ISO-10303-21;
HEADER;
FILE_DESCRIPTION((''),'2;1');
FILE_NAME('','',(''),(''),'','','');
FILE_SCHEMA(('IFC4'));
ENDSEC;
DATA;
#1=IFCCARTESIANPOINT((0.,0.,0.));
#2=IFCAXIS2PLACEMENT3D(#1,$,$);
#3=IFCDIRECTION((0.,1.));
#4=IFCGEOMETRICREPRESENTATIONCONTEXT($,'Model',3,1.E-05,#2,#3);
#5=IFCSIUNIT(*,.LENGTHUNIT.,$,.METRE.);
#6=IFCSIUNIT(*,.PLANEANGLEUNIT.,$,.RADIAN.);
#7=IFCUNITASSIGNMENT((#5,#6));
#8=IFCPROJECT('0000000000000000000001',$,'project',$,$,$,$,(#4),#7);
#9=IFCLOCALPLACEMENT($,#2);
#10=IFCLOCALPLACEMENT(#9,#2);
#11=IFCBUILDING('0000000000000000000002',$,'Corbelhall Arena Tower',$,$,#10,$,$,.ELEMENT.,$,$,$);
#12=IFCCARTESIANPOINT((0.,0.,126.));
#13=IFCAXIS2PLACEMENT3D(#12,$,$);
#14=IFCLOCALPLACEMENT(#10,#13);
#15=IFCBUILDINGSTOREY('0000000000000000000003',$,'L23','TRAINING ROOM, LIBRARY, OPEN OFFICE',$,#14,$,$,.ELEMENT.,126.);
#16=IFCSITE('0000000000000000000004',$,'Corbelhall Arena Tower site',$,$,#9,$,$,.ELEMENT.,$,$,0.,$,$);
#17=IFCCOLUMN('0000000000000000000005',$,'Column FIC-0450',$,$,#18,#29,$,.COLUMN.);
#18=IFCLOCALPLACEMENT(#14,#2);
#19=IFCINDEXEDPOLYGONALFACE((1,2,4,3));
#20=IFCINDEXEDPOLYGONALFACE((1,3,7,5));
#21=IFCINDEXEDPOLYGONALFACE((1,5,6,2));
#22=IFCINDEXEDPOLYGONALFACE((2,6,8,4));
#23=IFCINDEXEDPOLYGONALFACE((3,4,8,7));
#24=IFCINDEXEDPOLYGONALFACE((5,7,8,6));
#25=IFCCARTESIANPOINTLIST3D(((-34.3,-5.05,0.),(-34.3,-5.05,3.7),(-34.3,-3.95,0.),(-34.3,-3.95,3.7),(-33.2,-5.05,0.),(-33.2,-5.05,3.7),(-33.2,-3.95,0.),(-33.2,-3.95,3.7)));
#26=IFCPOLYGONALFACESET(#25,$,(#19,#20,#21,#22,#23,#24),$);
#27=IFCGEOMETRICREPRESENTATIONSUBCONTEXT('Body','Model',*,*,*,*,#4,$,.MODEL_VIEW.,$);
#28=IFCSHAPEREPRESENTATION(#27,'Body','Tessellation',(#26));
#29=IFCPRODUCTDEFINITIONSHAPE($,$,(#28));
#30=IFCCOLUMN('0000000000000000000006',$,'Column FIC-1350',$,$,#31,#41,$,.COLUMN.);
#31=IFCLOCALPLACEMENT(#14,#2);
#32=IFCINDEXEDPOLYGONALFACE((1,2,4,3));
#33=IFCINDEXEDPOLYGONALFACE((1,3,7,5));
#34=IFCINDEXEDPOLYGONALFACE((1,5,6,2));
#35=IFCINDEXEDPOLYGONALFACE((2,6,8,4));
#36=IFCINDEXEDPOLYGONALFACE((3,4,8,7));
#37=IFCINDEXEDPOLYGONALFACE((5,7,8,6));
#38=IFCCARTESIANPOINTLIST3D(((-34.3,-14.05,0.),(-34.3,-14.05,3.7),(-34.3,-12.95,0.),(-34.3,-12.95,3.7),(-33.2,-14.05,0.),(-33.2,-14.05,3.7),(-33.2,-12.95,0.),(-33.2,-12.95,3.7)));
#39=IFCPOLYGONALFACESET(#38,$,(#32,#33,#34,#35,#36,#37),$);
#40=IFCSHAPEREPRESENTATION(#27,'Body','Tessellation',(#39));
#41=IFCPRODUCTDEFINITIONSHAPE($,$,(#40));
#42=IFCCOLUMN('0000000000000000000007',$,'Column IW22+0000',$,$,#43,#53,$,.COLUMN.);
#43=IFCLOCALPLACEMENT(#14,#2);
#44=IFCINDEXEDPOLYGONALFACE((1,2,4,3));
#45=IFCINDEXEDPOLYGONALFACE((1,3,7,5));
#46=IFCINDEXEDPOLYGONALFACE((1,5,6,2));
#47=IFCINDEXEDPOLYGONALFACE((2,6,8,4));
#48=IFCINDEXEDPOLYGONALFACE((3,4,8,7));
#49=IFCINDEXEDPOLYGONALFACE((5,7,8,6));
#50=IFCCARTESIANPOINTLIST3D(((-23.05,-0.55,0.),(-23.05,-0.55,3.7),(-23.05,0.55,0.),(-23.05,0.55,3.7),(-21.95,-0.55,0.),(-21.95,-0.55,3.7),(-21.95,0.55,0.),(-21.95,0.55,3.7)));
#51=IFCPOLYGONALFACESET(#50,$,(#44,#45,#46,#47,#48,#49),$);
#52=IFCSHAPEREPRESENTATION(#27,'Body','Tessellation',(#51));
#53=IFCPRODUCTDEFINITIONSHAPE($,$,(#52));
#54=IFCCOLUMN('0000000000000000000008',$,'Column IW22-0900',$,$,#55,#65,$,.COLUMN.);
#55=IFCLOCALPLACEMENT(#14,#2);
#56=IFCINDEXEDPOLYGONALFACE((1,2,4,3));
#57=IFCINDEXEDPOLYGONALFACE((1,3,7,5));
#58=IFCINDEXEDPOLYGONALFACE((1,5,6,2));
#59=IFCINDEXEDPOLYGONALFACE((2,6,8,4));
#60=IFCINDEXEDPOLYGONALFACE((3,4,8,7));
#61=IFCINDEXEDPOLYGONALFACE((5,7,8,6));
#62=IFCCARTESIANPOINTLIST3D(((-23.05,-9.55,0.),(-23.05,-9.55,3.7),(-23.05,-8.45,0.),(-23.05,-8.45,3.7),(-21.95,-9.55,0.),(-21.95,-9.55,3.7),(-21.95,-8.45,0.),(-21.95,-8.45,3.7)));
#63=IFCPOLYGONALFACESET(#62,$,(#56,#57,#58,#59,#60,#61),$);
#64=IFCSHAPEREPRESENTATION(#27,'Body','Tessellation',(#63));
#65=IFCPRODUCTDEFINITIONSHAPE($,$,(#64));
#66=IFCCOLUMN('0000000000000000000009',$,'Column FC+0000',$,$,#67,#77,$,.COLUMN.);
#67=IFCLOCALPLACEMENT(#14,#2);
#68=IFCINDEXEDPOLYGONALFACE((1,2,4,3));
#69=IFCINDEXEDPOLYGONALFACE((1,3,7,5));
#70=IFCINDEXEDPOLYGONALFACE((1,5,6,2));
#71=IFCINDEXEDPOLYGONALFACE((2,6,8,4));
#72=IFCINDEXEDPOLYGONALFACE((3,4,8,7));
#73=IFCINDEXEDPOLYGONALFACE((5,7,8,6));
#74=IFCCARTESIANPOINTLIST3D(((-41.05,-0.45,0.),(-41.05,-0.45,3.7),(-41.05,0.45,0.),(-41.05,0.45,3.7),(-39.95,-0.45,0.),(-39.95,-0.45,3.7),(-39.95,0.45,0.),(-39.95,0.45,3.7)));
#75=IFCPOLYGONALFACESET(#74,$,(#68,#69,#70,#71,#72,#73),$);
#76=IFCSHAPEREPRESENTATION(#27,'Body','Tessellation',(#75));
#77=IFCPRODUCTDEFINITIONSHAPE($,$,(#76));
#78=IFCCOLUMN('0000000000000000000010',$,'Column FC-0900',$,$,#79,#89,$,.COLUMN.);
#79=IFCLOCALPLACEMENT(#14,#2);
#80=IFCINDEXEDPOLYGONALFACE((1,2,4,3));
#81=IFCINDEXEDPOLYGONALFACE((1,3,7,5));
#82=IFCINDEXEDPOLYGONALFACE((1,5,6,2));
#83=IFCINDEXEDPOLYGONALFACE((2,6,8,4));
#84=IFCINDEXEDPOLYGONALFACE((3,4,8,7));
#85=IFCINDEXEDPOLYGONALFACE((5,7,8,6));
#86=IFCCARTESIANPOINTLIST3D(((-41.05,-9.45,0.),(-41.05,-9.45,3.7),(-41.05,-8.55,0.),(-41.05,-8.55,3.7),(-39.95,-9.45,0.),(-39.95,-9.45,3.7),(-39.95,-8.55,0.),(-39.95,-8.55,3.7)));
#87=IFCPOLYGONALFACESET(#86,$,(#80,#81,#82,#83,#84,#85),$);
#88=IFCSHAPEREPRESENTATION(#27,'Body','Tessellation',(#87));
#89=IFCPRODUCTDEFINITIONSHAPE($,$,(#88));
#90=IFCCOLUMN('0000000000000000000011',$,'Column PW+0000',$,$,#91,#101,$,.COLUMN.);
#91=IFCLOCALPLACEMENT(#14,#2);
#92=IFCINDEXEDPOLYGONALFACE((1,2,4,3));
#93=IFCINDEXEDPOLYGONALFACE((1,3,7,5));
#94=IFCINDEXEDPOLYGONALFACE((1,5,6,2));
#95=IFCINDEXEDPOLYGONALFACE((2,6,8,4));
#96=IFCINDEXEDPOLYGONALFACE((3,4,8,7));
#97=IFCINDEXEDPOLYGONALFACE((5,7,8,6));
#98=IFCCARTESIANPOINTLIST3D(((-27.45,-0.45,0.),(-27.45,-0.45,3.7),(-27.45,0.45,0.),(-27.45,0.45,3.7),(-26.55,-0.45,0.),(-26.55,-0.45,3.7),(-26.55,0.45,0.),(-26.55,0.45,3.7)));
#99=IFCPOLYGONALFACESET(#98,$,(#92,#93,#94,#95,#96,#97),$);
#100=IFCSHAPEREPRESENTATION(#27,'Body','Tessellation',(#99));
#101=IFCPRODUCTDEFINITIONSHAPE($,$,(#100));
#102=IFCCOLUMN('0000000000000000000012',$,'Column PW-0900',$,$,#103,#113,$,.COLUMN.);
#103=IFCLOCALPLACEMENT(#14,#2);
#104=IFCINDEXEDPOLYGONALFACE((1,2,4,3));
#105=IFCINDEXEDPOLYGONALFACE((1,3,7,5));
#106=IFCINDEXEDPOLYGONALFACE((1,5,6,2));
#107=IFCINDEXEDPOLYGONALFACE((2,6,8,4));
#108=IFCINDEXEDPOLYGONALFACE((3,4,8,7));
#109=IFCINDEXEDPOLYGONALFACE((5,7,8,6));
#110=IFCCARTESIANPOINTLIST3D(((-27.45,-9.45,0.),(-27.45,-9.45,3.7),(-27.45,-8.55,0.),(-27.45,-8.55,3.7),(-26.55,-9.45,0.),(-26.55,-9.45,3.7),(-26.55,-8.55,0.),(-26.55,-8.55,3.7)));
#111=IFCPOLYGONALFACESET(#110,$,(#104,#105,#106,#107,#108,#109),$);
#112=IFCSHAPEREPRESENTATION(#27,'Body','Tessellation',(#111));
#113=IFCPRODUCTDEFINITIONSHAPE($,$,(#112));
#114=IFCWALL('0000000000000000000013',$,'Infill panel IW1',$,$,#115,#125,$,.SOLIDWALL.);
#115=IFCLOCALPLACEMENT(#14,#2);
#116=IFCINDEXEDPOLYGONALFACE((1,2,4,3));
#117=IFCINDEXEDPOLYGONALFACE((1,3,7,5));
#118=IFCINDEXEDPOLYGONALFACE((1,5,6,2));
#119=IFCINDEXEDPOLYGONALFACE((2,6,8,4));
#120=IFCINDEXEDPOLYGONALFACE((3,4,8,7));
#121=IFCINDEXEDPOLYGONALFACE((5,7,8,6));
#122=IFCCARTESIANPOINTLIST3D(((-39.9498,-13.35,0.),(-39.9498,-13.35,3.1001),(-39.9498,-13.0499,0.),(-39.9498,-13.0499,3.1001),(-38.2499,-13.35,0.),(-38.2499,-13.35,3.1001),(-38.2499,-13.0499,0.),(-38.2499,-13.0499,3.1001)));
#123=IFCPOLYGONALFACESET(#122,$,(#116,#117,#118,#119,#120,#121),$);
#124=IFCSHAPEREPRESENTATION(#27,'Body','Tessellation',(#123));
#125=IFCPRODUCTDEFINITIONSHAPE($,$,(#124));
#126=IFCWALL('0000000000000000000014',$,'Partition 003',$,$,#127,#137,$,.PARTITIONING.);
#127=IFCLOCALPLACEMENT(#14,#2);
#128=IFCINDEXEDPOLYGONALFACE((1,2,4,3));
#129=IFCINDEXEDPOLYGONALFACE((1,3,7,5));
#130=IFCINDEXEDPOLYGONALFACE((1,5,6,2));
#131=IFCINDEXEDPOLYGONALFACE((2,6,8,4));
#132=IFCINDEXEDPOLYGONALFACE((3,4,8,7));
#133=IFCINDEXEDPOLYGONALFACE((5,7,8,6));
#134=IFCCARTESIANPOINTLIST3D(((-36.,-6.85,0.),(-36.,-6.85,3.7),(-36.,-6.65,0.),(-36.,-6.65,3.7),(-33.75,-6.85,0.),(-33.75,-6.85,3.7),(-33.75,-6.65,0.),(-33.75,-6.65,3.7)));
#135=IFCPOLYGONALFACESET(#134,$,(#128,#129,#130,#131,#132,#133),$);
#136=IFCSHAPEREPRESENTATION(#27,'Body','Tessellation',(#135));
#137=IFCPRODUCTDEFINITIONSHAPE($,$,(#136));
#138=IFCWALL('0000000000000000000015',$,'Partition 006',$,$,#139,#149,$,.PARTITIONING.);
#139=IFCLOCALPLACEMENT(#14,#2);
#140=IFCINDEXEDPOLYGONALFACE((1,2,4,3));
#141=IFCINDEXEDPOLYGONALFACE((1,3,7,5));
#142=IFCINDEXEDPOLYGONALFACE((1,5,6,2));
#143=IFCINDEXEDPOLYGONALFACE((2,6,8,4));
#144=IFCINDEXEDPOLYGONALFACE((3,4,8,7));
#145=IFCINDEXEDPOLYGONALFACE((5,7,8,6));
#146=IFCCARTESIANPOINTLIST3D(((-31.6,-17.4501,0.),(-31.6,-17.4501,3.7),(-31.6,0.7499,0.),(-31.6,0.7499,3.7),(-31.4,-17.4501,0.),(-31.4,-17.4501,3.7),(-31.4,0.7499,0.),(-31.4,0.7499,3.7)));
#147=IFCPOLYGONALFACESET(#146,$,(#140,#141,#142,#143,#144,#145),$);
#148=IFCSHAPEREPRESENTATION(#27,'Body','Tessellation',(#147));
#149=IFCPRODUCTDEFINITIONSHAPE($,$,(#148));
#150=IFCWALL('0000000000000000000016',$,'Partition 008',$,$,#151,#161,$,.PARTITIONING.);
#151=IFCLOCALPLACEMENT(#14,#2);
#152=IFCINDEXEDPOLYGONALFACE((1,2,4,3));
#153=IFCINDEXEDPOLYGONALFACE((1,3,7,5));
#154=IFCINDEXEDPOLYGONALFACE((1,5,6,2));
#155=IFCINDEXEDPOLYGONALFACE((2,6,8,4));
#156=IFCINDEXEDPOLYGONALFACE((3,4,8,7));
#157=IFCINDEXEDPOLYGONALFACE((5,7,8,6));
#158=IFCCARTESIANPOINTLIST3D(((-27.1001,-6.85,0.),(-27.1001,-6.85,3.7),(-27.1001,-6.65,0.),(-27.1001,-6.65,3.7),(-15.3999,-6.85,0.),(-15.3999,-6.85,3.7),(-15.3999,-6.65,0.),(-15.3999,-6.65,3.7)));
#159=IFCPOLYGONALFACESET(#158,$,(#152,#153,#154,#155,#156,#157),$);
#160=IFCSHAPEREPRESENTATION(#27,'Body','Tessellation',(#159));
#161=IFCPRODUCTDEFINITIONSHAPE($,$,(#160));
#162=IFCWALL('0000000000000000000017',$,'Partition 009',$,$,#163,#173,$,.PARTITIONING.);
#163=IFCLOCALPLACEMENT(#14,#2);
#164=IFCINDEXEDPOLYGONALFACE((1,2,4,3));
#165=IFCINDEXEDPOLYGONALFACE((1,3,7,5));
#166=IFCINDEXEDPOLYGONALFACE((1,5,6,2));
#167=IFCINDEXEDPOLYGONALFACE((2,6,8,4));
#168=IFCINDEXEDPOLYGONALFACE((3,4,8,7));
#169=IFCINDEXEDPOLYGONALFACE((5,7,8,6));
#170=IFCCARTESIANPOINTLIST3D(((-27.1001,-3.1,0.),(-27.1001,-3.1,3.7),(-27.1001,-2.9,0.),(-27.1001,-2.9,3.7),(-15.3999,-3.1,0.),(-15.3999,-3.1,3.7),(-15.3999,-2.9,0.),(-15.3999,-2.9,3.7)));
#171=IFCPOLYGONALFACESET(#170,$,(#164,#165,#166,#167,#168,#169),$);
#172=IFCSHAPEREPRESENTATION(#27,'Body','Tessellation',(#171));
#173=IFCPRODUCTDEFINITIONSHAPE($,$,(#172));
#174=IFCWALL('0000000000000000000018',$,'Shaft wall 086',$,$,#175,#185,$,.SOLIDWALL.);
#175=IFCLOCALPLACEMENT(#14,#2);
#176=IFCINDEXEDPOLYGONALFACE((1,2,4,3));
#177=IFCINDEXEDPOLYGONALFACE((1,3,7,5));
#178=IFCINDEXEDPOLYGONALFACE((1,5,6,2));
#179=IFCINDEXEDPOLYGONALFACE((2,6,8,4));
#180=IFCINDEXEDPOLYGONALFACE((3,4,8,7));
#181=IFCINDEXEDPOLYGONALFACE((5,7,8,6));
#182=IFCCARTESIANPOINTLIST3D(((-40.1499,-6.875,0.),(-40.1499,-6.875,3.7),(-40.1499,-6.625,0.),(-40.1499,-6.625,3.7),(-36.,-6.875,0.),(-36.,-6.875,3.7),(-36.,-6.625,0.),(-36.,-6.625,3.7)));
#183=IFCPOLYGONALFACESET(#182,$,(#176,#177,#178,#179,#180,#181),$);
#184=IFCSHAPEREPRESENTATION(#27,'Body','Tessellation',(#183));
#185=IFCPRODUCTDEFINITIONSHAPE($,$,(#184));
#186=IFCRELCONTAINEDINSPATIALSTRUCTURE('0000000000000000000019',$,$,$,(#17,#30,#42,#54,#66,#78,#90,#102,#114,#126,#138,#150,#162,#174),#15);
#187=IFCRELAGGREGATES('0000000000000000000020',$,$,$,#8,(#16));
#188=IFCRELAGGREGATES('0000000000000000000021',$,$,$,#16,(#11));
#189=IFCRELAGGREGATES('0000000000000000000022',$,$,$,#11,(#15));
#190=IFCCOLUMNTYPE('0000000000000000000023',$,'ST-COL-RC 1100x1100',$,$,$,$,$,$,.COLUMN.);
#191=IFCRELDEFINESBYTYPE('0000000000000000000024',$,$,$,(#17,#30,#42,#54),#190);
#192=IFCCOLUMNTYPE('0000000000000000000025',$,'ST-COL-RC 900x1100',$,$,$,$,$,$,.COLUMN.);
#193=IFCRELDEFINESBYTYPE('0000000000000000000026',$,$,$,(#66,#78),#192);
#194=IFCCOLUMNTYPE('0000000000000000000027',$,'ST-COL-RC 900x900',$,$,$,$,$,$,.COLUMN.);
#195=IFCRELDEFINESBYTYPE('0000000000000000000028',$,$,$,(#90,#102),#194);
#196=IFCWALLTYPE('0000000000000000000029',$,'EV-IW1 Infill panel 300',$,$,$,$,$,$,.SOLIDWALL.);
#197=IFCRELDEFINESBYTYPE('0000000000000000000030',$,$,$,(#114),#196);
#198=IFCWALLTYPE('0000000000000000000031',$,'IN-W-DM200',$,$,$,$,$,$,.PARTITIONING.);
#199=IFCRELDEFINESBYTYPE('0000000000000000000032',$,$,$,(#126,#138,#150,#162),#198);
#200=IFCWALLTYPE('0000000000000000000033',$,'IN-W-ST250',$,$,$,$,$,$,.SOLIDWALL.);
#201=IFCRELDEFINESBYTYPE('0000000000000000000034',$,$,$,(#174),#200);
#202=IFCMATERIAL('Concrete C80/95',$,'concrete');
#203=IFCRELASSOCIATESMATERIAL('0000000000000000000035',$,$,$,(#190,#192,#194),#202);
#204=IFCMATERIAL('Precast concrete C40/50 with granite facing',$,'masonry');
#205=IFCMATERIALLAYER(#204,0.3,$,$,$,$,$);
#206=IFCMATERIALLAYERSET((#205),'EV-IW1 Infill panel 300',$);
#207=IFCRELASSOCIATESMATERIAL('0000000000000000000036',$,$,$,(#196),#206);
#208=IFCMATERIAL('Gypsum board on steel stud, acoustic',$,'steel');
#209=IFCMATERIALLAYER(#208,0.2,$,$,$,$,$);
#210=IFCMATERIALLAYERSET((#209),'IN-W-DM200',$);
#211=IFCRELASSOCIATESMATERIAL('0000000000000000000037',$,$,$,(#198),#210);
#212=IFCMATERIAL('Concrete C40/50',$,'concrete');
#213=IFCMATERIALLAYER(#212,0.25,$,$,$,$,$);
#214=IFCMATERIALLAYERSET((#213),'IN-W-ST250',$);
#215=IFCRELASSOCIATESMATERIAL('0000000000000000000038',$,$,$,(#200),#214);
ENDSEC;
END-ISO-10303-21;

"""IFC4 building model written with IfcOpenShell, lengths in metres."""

from ifc_helpers import new_model, si_unit, direction, frame, frame_2d, origin, origin_2d, place, context, subcontext, project, spatial, rectangle, extrude, material, layer, layer_set, material_profile, profile_set, type_object, element, save


model = new_model("IFC4")

# Units and contexts
model_context = context("Model", 3, precision=1e-05, world=origin(), true_north=direction((0.0, 1.0)))
body_context = subcontext(model_context, "Body", "Model", "MODEL_VIEW")
ifc_project = project(units=[si_unit("LENGTHUNIT", "METRE"), si_unit("PLANEANGLEUNIT", "RADIAN")], contexts=[model_context])

# Site, building, storey
site_placement = place(None, origin())
site = spatial("IfcSite", under=ifc_project, at=site_placement, Name="Corbelhall Arena Tower site", CompositionType="ELEMENT", RefElevation=0.0)
building_placement = place(site_placement, origin())
building = spatial("IfcBuilding", under=site, at=building_placement, Name="Corbelhall Arena Tower", CompositionType="ELEMENT")
storey_placement = place(building_placement, frame((0.0, 0.0, 126.0)))
storey = spatial("IfcBuildingStorey", under=building, at=storey_placement, Name="L23", Description="TRAINING ROOM, LIBRARY, OPEN OFFICE", CompositionType="ELEMENT", Elevation=126.0)

# Columns
ifc_material_1 = material(Name="Concrete C80/95", Category="concrete")
ifc_material_profile_1 = material_profile(ifc_material_1, rectangle(XDim=1.1001, YDim=1.1001, at=origin_2d()))
ifc_profile_set_1 = profile_set([ifc_material_profile_1], Name="Concrete C80/95")
column_type_1 = type_object("IfcColumnType", Name="ST-COL-RC 1100x1100", PredefinedType="COLUMN", material=ifc_profile_set_1)
for number, where, z_axis, x_axis, name in (
    (1, (-33.75, -4.5, 0.0), (0.0, 0.0, 1.0), (1.0, 0.0, 0.0), "Column FIC-0450"),
    (2, (-33.75, -13.5, 0.0), (0.0, 0.0, 1.0), (1.0, 0.0, 0.0), "Column FIC-1350"),
    (3, (-22.5, 0.0, 0.0), (0.0, 0.0, 1.0), (1.0, 0.0, 0.0), "Column IW22+0000"),
    (4, (-22.5, -9.0, 0.0), (0.0, 0.0, 1.0), (1.0, 0.0, 0.0), "Column IW22-0900"),
):
    element("IfcColumn", number, at=place(storey_placement, frame(where, z_axis=z_axis, x_axis=x_axis)), inside=storey, type_object=column_type_1, Name=name, PredefinedType="COLUMN", context=body_context, shape_type="SweptSolid", body=[
        extrude(rectangle(XDim=1.1001, YDim=1.1001, at=origin_2d()), origin(), (0.0, 0.0, 1.0), 3.7),
    ])
ifc_material_profile_2 = material_profile(ifc_material_1, rectangle(XDim=0.8999, YDim=1.1001, at=origin_2d()))
ifc_profile_set_2 = profile_set([ifc_material_profile_2], Name="Concrete C80/95")
column_type_2 = type_object("IfcColumnType", Name="ST-COL-RC 900x1100", PredefinedType="COLUMN", material=ifc_profile_set_2)
for number, where, z_axis, x_axis, name in (
    (5, (-40.5, 0.0, 0.0), (0.0, 0.0, 1.0), (0.0, 1.0, 0.0), "Column FC+0000"),
    (6, (-40.5, -9.0, 0.0), (0.0, 0.0, 1.0), (0.0, 1.0, 0.0), "Column FC-0900"),
):
    element("IfcColumn", number, at=place(storey_placement, frame(where, z_axis=z_axis, x_axis=x_axis)), inside=storey, type_object=column_type_2, Name=name, PredefinedType="COLUMN", context=body_context, shape_type="SweptSolid", body=[
        extrude(rectangle(XDim=0.8999, YDim=1.1001, at=origin_2d()), origin(), (0.0, 0.0, 1.0), 3.7),
    ])
ifc_material_profile_3 = material_profile(ifc_material_1, rectangle(XDim=0.8999, YDim=0.8999, at=origin_2d()))
ifc_profile_set_3 = profile_set([ifc_material_profile_3], Name="Concrete C80/95")
column_type_3 = type_object("IfcColumnType", Name="ST-COL-RC 900x900", PredefinedType="COLUMN", material=ifc_profile_set_3)
for number, where, z_axis, x_axis, name in (
    (7, (-27.0, 0.0, 0.0), (0.0, 0.0, 1.0), (1.0, 0.0, 0.0), "Column PW+0000"),
    (8, (-27.0, -9.0, 0.0), (0.0, 0.0, 1.0), (1.0, 0.0, 0.0), "Column PW-0900"),
):
    element("IfcColumn", number, at=place(storey_placement, frame(where, z_axis=z_axis, x_axis=x_axis)), inside=storey, type_object=column_type_3, Name=name, PredefinedType="COLUMN", context=body_context, shape_type="SweptSolid", body=[
        extrude(rectangle(XDim=0.8999, YDim=0.8999, at=origin_2d()), origin(), (0.0, 0.0, 1.0), 3.7),
    ])

# Wall
ifc_material_2 = material(Name="Precast concrete C40/50 with granite facing", Category="masonry")
ifc_layer_1 = layer(ifc_material_2, 0.3)
ifc_layer_set_1 = layer_set([ifc_layer_1], Name="EV-IW1 Infill panel 300")
wall_type_1 = type_object("IfcWallType", Name="EV-IW1 Infill panel 300", PredefinedType="SOLIDWALL", material=ifc_layer_set_1)
wall_1_placement = place(storey_placement, frame((-39.95, -13.2, 0.0), z_axis=(0.0, 0.0, 1.0), x_axis=(1.0, 0.0, 0.0)))
element("IfcWall", 9, at=wall_1_placement, inside=storey, type_object=wall_type_1, Name="Infill panel IW1", PredefinedType="SOLIDWALL", context=body_context, shape_type="SweptSolid", body=[
    extrude(rectangle(XDim=1.7, YDim=0.3, at=frame_2d((0.8501, 0.0))), origin(), (0.0, 0.0, 1.0), 3.1001),
])

# Wall
ifc_material_3 = material(Name="Gypsum board on steel stud, acoustic", Category="steel")
ifc_layer_2 = layer(ifc_material_3, 0.2)
ifc_layer_set_2 = layer_set([ifc_layer_2], Name="IN-W-DM200")
wall_type_2 = type_object("IfcWallType", Name="IN-W-DM200", PredefinedType="PARTITIONING", material=ifc_layer_set_2)
wall_2_placement = place(storey_placement, frame((-33.75, -6.75, 0.0), z_axis=(0.0, 0.0, 1.0), x_axis=(-1.0, 0.0, 0.0)))
element("IfcWall", 10, at=wall_2_placement, inside=storey, type_object=wall_type_2, Name="Partition 003", PredefinedType="PARTITIONING", context=body_context, shape_type="SweptSolid", body=[
    extrude(rectangle(XDim=2.25, YDim=0.2, at=frame_2d((1.125, 0.0))), origin(), (0.0, 0.0, 1.0), 3.7),
])

# Walls
wall_3_placement = place(storey_placement, frame((-31.5, 0.75, 0.0), z_axis=(0.0, 0.0, 1.0), x_axis=(0.0, -1.0, 0.0)))
element("IfcWall", 11, at=wall_3_placement, inside=storey, type_object=wall_type_2, Name="Partition 006", PredefinedType="PARTITIONING", context=body_context, shape_type="SweptSolid", body=[
    extrude(rectangle(XDim=18.2, YDim=0.2, at=frame_2d((9.1001, 0.0))), origin(), (0.0, 0.0, 1.0), 3.7),
])
for number, where, z_axis, x_axis, name in (
    (12, (-27.1001, -6.75, 0.0), (0.0, 0.0, 1.0), (1.0, 0.0, 0.0), "Partition 008"),
    (13, (-27.1001, -3.0, 0.0), (0.0, 0.0, 1.0), (1.0, 0.0, 0.0), "Partition 009"),
):
    element("IfcWall", number, at=place(storey_placement, frame(where, z_axis=z_axis, x_axis=x_axis)), inside=storey, type_object=wall_type_2, Name=name, PredefinedType="PARTITIONING", context=body_context, shape_type="SweptSolid", body=[
        extrude(rectangle(XDim=11.7002, YDim=0.2, at=frame_2d((5.8501, 0.0))), origin(), (0.0, 0.0, 1.0), 3.7),
    ])
ifc_material_4 = material(Name="Concrete C40/50", Category="concrete")
ifc_layer_3 = layer(ifc_material_4, 0.25)
ifc_layer_set_3 = layer_set([ifc_layer_3], Name="IN-W-ST250")
wall_type_3 = type_object("IfcWallType", Name="IN-W-ST250", PredefinedType="SOLIDWALL", material=ifc_layer_set_3)
wall_4_placement = place(storey_placement, frame((-36.0, -6.75, 0.0), z_axis=(0.0, 0.0, 1.0), x_axis=(-1.0, 0.0, 0.0)))
element("IfcWall", 14, at=wall_4_placement, inside=storey, type_object=wall_type_3, Name="Shaft wall 086", PredefinedType="SOLIDWALL", context=body_context, shape_type="SweptSolid", body=[
    extrude(rectangle(XDim=4.1499, YDim=0.25, at=frame_2d((2.075, 0.0))), origin(), (0.0, 0.0, 1.0), 3.7),
])

save(model, "model.ifc")
